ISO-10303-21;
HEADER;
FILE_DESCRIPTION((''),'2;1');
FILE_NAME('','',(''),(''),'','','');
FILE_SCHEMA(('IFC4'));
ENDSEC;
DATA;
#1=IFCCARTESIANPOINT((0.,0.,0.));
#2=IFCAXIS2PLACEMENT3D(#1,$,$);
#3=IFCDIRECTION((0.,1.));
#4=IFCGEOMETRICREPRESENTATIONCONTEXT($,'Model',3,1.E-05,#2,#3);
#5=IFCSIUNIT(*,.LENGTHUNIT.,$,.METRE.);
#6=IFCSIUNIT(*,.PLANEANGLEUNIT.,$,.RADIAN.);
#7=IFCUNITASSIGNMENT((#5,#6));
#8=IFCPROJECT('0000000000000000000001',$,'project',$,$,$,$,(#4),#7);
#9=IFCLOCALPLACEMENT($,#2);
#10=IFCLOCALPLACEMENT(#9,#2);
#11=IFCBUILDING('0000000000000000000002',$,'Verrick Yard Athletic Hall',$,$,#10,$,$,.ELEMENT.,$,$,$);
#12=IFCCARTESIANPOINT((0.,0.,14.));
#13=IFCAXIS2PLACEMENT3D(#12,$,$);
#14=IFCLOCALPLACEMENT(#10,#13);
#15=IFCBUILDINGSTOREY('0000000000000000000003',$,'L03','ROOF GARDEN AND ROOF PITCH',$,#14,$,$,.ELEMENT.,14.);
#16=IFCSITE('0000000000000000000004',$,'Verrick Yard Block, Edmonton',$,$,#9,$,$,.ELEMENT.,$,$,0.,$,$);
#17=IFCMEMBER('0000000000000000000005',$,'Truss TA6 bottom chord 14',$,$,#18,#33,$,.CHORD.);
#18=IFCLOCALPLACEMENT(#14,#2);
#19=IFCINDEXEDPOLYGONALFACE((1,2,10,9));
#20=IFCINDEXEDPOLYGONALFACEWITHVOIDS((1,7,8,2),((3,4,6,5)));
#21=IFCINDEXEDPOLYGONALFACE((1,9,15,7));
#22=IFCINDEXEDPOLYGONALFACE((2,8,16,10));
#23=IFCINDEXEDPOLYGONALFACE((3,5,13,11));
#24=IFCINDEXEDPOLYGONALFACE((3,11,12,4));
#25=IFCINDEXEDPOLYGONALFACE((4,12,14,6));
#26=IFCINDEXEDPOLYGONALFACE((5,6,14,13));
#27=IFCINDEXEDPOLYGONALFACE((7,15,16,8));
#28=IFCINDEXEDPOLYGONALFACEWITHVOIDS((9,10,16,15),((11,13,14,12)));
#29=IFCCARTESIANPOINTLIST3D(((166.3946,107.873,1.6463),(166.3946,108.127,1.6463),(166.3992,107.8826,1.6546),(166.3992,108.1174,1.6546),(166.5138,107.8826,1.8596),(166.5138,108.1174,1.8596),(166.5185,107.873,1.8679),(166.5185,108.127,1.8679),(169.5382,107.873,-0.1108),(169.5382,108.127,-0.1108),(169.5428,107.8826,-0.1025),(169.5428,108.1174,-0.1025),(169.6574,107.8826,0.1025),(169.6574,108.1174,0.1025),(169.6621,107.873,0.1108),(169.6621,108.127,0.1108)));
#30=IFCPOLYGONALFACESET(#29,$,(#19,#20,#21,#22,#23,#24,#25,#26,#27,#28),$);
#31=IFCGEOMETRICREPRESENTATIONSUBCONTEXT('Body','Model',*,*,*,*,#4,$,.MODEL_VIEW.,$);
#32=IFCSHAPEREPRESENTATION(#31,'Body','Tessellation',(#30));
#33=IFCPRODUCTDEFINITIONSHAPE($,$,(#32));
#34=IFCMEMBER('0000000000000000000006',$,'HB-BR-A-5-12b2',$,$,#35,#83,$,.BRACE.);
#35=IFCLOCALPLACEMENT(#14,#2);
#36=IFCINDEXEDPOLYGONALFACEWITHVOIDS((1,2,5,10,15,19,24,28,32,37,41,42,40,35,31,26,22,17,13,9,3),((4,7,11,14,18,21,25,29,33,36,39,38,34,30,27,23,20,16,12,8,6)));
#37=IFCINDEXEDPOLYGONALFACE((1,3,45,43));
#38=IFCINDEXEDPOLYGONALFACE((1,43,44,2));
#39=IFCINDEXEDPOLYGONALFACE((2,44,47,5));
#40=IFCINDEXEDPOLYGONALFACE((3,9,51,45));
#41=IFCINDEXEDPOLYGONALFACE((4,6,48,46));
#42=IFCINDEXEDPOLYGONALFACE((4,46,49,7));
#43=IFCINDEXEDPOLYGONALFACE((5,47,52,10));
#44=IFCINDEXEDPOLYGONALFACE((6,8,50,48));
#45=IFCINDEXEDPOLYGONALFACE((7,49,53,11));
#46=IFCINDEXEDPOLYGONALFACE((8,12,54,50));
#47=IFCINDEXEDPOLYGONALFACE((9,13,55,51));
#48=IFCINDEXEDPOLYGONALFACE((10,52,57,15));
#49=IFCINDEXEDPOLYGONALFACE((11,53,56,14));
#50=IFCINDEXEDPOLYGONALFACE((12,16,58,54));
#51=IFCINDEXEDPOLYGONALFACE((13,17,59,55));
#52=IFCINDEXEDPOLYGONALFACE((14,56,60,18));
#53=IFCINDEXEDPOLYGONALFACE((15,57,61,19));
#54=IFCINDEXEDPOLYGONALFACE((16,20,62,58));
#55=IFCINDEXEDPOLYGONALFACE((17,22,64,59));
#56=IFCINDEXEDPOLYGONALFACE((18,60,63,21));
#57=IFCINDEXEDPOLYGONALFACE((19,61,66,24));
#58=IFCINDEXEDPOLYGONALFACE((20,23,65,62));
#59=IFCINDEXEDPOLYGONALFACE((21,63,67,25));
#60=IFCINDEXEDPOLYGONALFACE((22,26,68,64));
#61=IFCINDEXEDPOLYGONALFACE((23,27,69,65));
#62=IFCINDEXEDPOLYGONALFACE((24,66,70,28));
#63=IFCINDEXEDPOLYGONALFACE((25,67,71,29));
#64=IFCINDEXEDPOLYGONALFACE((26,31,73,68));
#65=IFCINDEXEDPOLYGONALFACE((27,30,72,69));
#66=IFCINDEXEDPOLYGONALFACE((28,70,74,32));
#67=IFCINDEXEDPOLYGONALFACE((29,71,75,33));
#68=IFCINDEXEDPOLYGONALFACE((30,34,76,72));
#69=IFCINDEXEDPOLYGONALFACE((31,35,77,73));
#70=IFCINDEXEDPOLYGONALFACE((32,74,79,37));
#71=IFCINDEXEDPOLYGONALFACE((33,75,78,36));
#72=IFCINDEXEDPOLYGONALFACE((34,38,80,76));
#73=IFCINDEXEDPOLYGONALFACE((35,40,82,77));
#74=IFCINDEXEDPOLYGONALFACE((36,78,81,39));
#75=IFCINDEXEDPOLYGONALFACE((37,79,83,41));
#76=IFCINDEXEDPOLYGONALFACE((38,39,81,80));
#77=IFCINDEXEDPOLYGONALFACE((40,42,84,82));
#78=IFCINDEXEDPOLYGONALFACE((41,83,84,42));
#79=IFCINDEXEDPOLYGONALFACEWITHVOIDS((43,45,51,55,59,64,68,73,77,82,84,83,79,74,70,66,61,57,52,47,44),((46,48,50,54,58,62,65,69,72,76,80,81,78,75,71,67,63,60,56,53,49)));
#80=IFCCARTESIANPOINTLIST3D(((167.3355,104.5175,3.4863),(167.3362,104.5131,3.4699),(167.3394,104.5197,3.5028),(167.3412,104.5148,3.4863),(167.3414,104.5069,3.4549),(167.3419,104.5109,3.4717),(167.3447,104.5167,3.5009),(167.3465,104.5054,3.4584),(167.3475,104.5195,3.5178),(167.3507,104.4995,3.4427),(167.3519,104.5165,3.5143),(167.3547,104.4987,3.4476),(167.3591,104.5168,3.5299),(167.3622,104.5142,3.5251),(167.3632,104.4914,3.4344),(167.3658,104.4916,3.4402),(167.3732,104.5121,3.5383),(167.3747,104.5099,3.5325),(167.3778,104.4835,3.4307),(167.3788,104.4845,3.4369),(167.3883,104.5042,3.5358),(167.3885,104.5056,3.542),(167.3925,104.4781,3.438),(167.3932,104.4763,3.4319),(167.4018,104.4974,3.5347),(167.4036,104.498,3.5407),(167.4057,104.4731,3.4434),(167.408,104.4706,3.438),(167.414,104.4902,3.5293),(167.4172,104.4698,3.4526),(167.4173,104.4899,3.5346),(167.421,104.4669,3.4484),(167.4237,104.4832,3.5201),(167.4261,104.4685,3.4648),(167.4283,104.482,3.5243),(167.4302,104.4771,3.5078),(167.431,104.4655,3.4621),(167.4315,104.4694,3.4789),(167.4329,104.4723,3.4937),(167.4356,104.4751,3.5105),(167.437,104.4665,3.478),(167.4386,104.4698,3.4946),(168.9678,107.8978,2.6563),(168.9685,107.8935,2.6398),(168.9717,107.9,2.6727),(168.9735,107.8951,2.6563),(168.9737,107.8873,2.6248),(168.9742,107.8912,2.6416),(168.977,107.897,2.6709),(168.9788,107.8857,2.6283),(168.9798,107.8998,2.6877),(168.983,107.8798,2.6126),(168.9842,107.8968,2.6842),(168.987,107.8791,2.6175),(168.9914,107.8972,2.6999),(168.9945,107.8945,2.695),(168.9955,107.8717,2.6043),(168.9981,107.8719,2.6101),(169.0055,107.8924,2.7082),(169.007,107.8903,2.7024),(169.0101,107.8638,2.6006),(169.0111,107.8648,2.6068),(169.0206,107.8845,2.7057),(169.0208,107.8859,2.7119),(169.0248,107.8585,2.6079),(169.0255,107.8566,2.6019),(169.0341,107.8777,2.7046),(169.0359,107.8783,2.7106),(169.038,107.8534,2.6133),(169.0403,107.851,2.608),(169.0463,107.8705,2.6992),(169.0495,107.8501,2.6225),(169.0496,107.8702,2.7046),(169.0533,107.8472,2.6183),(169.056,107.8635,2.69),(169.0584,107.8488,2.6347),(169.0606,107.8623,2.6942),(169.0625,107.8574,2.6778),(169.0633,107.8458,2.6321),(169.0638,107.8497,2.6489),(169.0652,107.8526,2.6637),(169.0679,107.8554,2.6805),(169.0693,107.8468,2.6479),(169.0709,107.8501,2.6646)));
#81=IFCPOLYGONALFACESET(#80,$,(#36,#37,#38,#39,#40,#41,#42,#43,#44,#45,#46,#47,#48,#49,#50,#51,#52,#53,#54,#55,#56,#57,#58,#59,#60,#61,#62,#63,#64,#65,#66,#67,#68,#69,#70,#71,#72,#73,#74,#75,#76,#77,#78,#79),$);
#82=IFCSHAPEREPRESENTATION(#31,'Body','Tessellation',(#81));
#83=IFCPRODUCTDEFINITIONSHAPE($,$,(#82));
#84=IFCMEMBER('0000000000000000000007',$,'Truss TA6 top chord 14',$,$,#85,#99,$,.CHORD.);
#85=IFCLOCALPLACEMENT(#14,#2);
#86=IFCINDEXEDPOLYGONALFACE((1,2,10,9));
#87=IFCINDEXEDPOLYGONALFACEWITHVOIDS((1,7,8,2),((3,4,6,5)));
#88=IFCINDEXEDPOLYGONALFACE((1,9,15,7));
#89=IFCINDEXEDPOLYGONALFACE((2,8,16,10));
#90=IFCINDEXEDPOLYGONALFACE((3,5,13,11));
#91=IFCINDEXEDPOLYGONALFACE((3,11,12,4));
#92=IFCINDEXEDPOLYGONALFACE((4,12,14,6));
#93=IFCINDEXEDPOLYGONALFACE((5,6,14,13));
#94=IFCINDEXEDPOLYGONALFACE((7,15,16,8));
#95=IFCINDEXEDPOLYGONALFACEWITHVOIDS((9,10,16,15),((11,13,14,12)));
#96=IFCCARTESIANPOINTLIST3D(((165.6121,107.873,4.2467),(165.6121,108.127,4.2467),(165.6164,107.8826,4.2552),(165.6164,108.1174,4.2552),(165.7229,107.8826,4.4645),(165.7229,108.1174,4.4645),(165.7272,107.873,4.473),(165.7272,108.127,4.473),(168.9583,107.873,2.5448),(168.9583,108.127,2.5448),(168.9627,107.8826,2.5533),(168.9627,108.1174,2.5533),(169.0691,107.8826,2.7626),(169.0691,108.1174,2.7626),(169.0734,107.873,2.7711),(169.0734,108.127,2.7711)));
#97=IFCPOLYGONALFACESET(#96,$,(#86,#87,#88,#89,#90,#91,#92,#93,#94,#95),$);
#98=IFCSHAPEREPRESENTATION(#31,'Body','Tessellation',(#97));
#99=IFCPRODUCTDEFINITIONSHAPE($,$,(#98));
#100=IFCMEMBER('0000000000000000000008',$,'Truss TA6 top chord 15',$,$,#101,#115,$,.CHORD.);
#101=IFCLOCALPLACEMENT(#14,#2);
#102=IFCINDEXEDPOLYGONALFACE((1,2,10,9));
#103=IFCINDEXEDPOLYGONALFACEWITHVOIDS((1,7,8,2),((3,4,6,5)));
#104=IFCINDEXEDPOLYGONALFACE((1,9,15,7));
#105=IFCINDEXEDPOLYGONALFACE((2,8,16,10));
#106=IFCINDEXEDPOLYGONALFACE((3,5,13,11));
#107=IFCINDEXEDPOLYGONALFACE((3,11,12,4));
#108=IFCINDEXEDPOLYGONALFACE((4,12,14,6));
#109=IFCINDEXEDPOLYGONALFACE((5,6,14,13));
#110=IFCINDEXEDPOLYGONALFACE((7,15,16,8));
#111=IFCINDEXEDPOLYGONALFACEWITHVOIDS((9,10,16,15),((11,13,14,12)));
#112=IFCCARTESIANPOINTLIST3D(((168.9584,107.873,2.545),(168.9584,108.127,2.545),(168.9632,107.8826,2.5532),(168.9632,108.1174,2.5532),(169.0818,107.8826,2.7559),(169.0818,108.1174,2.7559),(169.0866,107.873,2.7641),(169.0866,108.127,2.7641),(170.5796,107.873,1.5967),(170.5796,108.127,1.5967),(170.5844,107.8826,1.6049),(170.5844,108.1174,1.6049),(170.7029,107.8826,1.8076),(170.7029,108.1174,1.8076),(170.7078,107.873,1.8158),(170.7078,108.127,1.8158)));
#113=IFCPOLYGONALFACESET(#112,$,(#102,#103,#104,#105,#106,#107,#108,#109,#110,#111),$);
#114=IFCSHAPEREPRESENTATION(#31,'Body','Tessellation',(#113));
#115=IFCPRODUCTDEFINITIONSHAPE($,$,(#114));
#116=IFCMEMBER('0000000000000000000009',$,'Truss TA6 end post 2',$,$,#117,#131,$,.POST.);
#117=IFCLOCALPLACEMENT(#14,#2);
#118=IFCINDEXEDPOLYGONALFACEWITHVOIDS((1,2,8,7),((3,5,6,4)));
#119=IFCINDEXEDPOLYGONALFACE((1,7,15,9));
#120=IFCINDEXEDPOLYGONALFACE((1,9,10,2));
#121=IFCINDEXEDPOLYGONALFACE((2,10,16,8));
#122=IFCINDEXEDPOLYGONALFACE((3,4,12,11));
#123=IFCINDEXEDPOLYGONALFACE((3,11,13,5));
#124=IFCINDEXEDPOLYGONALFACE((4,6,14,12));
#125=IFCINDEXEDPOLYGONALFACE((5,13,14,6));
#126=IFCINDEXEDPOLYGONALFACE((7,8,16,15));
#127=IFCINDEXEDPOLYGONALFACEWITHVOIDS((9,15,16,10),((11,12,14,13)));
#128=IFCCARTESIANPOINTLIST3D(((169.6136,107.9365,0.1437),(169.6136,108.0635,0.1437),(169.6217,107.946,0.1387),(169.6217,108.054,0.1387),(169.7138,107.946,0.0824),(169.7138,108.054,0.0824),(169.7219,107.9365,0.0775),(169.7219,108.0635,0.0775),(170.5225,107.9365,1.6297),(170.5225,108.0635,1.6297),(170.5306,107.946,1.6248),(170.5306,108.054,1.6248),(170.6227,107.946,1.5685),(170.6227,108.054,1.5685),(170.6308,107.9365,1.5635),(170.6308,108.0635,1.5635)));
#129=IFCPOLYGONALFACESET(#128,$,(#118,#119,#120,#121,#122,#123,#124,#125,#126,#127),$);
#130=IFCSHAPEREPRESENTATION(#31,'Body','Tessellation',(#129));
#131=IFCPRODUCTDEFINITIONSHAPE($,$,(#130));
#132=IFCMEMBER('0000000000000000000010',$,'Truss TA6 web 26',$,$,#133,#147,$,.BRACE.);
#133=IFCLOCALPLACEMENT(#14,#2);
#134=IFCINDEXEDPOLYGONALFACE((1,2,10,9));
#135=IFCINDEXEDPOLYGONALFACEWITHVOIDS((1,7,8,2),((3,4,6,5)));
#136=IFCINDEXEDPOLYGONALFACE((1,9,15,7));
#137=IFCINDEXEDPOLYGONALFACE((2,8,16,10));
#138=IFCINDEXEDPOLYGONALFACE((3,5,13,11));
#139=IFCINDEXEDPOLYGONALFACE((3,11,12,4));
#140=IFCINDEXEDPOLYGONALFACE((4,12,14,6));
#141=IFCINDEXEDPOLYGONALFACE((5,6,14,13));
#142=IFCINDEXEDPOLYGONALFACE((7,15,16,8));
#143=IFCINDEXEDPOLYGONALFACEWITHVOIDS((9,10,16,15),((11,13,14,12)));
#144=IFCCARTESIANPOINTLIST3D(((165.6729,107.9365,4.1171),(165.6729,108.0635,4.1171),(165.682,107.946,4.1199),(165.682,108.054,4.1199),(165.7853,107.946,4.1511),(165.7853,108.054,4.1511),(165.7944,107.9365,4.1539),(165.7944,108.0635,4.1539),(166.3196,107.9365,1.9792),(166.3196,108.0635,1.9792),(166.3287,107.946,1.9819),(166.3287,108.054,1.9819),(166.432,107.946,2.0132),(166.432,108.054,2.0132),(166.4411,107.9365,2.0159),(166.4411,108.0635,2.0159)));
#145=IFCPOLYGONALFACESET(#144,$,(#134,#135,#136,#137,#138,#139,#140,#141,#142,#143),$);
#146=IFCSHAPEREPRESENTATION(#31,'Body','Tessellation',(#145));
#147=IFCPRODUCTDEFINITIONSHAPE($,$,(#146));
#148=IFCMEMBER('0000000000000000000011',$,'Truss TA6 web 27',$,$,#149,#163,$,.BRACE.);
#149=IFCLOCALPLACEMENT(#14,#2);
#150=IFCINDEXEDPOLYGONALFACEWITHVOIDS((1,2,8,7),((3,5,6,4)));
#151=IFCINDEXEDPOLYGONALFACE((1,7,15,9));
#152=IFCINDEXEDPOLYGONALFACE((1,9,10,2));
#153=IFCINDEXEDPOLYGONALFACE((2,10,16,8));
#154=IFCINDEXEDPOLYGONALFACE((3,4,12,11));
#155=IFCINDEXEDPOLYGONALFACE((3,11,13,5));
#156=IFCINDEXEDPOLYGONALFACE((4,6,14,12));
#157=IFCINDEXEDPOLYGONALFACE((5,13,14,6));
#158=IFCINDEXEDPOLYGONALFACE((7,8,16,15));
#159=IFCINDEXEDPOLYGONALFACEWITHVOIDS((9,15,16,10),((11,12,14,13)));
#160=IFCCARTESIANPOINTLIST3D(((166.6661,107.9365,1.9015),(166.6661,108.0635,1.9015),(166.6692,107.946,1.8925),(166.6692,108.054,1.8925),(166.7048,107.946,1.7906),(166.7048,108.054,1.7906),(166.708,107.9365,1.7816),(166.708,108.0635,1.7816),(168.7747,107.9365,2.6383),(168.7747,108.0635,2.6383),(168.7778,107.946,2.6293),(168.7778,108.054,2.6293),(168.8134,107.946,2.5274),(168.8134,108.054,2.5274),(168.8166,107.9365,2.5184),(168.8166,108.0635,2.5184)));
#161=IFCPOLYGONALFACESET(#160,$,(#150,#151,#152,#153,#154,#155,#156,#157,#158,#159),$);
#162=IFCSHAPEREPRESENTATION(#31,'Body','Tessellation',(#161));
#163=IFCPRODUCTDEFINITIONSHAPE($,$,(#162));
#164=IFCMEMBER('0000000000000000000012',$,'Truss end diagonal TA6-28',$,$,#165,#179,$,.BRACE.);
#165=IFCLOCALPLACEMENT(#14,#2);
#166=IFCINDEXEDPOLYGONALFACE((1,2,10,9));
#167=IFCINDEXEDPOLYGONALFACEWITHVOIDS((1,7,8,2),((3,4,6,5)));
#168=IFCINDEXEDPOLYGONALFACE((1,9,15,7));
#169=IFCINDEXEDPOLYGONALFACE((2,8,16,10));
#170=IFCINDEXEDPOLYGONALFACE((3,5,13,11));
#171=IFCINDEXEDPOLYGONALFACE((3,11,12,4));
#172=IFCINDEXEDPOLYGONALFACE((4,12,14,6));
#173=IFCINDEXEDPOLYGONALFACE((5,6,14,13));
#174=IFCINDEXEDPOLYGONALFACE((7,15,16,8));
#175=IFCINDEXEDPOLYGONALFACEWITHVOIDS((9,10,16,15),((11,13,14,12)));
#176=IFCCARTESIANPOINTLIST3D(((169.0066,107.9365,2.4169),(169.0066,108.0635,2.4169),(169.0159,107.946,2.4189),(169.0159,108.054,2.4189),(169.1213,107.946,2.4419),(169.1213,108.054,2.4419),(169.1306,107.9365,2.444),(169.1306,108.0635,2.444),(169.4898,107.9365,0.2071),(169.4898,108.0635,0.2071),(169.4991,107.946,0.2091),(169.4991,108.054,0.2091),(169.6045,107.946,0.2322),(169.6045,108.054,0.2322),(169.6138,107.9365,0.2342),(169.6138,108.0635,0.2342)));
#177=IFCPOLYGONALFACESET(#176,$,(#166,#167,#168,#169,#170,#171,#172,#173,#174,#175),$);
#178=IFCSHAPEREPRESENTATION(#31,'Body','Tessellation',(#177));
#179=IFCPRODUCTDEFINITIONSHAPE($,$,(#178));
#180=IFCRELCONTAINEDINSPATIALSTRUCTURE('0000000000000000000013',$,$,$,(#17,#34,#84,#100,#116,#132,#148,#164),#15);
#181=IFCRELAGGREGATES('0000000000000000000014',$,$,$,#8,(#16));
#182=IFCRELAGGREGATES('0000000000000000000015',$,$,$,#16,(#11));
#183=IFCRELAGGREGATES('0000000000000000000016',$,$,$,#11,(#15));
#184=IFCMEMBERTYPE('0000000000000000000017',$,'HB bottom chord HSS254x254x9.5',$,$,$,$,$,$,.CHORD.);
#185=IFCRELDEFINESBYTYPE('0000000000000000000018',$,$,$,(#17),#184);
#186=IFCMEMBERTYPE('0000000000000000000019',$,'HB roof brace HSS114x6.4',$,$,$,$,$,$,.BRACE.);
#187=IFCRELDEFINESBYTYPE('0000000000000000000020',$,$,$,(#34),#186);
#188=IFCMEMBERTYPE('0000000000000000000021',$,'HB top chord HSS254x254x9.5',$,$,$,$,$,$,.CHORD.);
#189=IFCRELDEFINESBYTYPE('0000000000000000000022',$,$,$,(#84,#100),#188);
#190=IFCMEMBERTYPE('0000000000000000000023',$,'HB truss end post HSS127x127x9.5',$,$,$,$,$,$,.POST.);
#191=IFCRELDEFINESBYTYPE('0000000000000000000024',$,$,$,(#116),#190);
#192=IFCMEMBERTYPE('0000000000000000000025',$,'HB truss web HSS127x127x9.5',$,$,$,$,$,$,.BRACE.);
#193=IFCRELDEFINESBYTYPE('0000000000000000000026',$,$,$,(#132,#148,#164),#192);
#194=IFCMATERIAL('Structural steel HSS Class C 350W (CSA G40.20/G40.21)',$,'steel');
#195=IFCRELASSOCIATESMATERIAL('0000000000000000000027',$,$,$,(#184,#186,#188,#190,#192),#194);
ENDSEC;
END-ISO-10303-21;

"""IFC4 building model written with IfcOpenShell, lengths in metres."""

from ifc_helpers import new_model, si_unit, direction, frame, origin, origin_2d, place, context, subcontext, project, spatial, hollow_rectangle, hollow_circle, extrude, material, material_profile, profile_set, type_object, element, save


model = new_model("IFC4")

# Units and contexts
model_context = context("Model", 3, precision=1e-05, world=origin(), true_north=direction((0.0, 1.0)))
body_context = subcontext(model_context, "Body", "Model", "MODEL_VIEW")
ifc_project = project(units=[si_unit("LENGTHUNIT", "METRE"), si_unit("PLANEANGLEUNIT", "RADIAN")], contexts=[model_context])

# Site, building, storey
site_placement = place(None, origin())
site = spatial("IfcSite", under=ifc_project, at=site_placement, Name="Verrick Yard Block, Edmonton", CompositionType="ELEMENT", RefElevation=0.0)
building_placement = place(site_placement, origin())
building = spatial("IfcBuilding", under=site, at=building_placement, Name="Verrick Yard Athletic Hall", CompositionType="ELEMENT")
storey_placement = place(building_placement, frame((0.0, 0.0, 14.0)))
storey = spatial("IfcBuildingStorey", under=building, at=storey_placement, Name="L03", Description="ROOF GARDEN AND ROOF PITCH", CompositionType="ELEMENT", Elevation=14.0)

# Members
ifc_material_1 = material(Name="Structural steel HSS Class C 350W (CSA G40.20/G40.21)", Category="steel")
ifc_material_profile_1 = material_profile(ifc_material_1, hollow_rectangle(XDim=0.2539, YDim=0.2539, WallThickness=0.0095, at=origin_2d()), Name="HSS254x254x9.5")
ifc_profile_set_1 = profile_set([ifc_material_profile_1], Name="Structural steel HSS Class C 350W (CSA G40.20/G40.21)")
member_type_1 = type_object("IfcMemberType", Name="HB bottom chord HSS254x254x9.5", PredefinedType="CHORD", material=ifc_profile_set_1)
member_1_placement = place(storey_placement, frame((166.4565, 108.0, 1.7571), z_axis=(0.872898, 0.0, -0.487903), x_axis=(0.0, 1.0, 0.0)))
element("IfcMember", 1, at=member_1_placement, inside=storey, type_object=member_type_1, Name="Truss TA6 bottom chord 14", PredefinedType="CHORD", context=body_context, shape_type="SweptSolid", body=[
    extrude(hollow_rectangle(XDim=0.2539, YDim=0.2539, WallThickness=0.0095, at=origin_2d()), origin(), (0.0, 0.0, 1.0), 3.6013),
])
ifc_material_profile_2 = material_profile(ifc_material_1, hollow_circle(Radius=0.0571, WallThickness=0.0063, at=origin_2d()), Name="HSS114x6.4")
ifc_profile_set_2 = profile_set([ifc_material_profile_2], Name="Structural steel HSS Class C 350W (CSA G40.20/G40.21)")
member_type_2 = type_object("IfcMemberType", Name="HB roof brace HSS114x6.4", PredefinedType="BRACE", material=ifc_profile_set_2)
member_2_placement = place(storey_placement, frame((167.387, 104.4927, 3.4863), z_axis=(0.424583, 0.879267, -0.215911), x_axis=(-0.900508, 0.43484, 0.0)))
element("IfcMember", 2, at=member_2_placement, inside=storey, type_object=member_type_2, Name="HB-BR-A-5-12b2", PredefinedType="BRACE", context=body_context, shape_type="SweptSolid", body=[
    extrude(hollow_circle(Radius=0.0571, WallThickness=0.0063, at=origin_2d()), origin(), (0.0, 0.0, 1.0), 3.8445),
])
ifc_material_profile_3 = material_profile(ifc_material_1, hollow_rectangle(XDim=0.2539, YDim=0.2539, WallThickness=0.0095, at=origin_2d()), Name="HSS254x254x9.5")
ifc_profile_set_3 = profile_set([ifc_material_profile_3], Name="Structural steel HSS Class C 350W (CSA G40.20/G40.21)")
member_type_3 = type_object("IfcMemberType", Name="HB top chord HSS254x254x9.5", PredefinedType="CHORD", material=ifc_profile_set_3)
member_3_placement = place(storey_placement, frame((165.6697, 108.0, 4.3599), z_axis=(0.891337, 0.0, -0.453342), x_axis=(0.0, 1.0, 0.0)))
element("IfcMember", 3, at=member_3_placement, inside=storey, type_object=member_type_3, Name="Truss TA6 top chord 14", PredefinedType="CHORD", context=body_context, shape_type="SweptSolid", body=[
    extrude(hollow_rectangle(XDim=0.2539, YDim=0.2539, WallThickness=0.0095, at=origin_2d()), origin(), (0.0, 0.0, 1.0), 3.7542),
])
member_4_placement = place(storey_placement, frame((169.0225, 108.0, 2.6545), z_axis=(0.863175, 0.0, -0.504905), x_axis=(0.0, 1.0, 0.0)))
element("IfcMember", 4, at=member_4_placement, inside=storey, type_object=member_type_3, Name="Truss TA6 top chord 15", PredefinedType="CHORD", context=body_context, shape_type="SweptSolid", body=[
    extrude(hollow_rectangle(XDim=0.2539, YDim=0.2539, WallThickness=0.0095, at=origin_2d()), origin(), (0.0, 0.0, 1.0), 1.8782),
])
ifc_material_profile_4 = material_profile(ifc_material_1, hollow_rectangle(XDim=0.127, YDim=0.127, WallThickness=0.0095, at=origin_2d()), Name="HSS127x127x9.5")
ifc_profile_set_4 = profile_set([ifc_material_profile_4], Name="Structural steel HSS Class C 350W (CSA G40.20/G40.21)")
member_type_4 = type_object("IfcMemberType", Name="HB truss end post HSS127x127x9.5", PredefinedType="POST", material=ifc_profile_set_4)
member_5_placement = place(storey_placement, frame((169.6677, 108.0, 0.1106), z_axis=(0.521773, 0.0, 0.853084), x_axis=(0.0, 1.0, 0.0)))
element("IfcMember", 5, at=member_5_placement, inside=storey, type_object=member_type_4, Name="Truss TA6 end post 2", PredefinedType="POST", context=body_context, shape_type="SweptSolid", body=[
    extrude(hollow_rectangle(XDim=0.127, YDim=0.127, WallThickness=0.0095, at=origin_2d()), origin(), (0.0, 0.0, 1.0), 1.7419),
])
ifc_material_profile_5 = material_profile(ifc_material_1, hollow_rectangle(XDim=0.127, YDim=0.127, WallThickness=0.0095, at=origin_2d()), Name="HSS127x127x9.5")
ifc_profile_set_5 = profile_set([ifc_material_profile_5], Name="Structural steel HSS Class C 350W (CSA G40.20/G40.21)")
member_type_5 = type_object("IfcMemberType", Name="HB truss web HSS127x127x9.5", PredefinedType="BRACE", material=ifc_profile_set_5)
for number, where, z_axis, x_axis, name in (
    (6, (165.7336, 108.0, 4.1355), (0.289543, 0.0, -0.957165), (0.0, 1.0, 0.0), "Truss TA6 web 26"),
    (7, (166.687, 108.0, 1.8416), (0.944027, 0.0, 0.329868), (0.0, 1.0, 0.0), "Truss TA6 web 27"),
):
    element("IfcMember", number, at=place(storey_placement, frame(where, z_axis=z_axis, x_axis=x_axis)), inside=storey, type_object=member_type_5, Name=name, PredefinedType="BRACE", context=body_context, shape_type="SweptSolid", body=[
        extrude(hollow_rectangle(XDim=0.127, YDim=0.127, WallThickness=0.0095, at=origin_2d()), origin(), (0.0, 0.0, 1.0), 2.2336),
    ])
member_6_placement = place(storey_placement, frame((169.0686, 108.0, 2.4304), z_axis=(0.213604, 0.0, -0.97692), x_axis=(0.0, 1.0, 0.0)))
element("IfcMember", 8, at=member_6_placement, inside=storey, type_object=member_type_5, Name="Truss end diagonal TA6-28", PredefinedType="BRACE", context=body_context, shape_type="SweptSolid", body=[
    extrude(hollow_rectangle(XDim=0.127, YDim=0.127, WallThickness=0.0095, at=origin_2d()), origin(), (0.0, 0.0, 1.0), 2.262),
])

save(model, "model.ifc")
